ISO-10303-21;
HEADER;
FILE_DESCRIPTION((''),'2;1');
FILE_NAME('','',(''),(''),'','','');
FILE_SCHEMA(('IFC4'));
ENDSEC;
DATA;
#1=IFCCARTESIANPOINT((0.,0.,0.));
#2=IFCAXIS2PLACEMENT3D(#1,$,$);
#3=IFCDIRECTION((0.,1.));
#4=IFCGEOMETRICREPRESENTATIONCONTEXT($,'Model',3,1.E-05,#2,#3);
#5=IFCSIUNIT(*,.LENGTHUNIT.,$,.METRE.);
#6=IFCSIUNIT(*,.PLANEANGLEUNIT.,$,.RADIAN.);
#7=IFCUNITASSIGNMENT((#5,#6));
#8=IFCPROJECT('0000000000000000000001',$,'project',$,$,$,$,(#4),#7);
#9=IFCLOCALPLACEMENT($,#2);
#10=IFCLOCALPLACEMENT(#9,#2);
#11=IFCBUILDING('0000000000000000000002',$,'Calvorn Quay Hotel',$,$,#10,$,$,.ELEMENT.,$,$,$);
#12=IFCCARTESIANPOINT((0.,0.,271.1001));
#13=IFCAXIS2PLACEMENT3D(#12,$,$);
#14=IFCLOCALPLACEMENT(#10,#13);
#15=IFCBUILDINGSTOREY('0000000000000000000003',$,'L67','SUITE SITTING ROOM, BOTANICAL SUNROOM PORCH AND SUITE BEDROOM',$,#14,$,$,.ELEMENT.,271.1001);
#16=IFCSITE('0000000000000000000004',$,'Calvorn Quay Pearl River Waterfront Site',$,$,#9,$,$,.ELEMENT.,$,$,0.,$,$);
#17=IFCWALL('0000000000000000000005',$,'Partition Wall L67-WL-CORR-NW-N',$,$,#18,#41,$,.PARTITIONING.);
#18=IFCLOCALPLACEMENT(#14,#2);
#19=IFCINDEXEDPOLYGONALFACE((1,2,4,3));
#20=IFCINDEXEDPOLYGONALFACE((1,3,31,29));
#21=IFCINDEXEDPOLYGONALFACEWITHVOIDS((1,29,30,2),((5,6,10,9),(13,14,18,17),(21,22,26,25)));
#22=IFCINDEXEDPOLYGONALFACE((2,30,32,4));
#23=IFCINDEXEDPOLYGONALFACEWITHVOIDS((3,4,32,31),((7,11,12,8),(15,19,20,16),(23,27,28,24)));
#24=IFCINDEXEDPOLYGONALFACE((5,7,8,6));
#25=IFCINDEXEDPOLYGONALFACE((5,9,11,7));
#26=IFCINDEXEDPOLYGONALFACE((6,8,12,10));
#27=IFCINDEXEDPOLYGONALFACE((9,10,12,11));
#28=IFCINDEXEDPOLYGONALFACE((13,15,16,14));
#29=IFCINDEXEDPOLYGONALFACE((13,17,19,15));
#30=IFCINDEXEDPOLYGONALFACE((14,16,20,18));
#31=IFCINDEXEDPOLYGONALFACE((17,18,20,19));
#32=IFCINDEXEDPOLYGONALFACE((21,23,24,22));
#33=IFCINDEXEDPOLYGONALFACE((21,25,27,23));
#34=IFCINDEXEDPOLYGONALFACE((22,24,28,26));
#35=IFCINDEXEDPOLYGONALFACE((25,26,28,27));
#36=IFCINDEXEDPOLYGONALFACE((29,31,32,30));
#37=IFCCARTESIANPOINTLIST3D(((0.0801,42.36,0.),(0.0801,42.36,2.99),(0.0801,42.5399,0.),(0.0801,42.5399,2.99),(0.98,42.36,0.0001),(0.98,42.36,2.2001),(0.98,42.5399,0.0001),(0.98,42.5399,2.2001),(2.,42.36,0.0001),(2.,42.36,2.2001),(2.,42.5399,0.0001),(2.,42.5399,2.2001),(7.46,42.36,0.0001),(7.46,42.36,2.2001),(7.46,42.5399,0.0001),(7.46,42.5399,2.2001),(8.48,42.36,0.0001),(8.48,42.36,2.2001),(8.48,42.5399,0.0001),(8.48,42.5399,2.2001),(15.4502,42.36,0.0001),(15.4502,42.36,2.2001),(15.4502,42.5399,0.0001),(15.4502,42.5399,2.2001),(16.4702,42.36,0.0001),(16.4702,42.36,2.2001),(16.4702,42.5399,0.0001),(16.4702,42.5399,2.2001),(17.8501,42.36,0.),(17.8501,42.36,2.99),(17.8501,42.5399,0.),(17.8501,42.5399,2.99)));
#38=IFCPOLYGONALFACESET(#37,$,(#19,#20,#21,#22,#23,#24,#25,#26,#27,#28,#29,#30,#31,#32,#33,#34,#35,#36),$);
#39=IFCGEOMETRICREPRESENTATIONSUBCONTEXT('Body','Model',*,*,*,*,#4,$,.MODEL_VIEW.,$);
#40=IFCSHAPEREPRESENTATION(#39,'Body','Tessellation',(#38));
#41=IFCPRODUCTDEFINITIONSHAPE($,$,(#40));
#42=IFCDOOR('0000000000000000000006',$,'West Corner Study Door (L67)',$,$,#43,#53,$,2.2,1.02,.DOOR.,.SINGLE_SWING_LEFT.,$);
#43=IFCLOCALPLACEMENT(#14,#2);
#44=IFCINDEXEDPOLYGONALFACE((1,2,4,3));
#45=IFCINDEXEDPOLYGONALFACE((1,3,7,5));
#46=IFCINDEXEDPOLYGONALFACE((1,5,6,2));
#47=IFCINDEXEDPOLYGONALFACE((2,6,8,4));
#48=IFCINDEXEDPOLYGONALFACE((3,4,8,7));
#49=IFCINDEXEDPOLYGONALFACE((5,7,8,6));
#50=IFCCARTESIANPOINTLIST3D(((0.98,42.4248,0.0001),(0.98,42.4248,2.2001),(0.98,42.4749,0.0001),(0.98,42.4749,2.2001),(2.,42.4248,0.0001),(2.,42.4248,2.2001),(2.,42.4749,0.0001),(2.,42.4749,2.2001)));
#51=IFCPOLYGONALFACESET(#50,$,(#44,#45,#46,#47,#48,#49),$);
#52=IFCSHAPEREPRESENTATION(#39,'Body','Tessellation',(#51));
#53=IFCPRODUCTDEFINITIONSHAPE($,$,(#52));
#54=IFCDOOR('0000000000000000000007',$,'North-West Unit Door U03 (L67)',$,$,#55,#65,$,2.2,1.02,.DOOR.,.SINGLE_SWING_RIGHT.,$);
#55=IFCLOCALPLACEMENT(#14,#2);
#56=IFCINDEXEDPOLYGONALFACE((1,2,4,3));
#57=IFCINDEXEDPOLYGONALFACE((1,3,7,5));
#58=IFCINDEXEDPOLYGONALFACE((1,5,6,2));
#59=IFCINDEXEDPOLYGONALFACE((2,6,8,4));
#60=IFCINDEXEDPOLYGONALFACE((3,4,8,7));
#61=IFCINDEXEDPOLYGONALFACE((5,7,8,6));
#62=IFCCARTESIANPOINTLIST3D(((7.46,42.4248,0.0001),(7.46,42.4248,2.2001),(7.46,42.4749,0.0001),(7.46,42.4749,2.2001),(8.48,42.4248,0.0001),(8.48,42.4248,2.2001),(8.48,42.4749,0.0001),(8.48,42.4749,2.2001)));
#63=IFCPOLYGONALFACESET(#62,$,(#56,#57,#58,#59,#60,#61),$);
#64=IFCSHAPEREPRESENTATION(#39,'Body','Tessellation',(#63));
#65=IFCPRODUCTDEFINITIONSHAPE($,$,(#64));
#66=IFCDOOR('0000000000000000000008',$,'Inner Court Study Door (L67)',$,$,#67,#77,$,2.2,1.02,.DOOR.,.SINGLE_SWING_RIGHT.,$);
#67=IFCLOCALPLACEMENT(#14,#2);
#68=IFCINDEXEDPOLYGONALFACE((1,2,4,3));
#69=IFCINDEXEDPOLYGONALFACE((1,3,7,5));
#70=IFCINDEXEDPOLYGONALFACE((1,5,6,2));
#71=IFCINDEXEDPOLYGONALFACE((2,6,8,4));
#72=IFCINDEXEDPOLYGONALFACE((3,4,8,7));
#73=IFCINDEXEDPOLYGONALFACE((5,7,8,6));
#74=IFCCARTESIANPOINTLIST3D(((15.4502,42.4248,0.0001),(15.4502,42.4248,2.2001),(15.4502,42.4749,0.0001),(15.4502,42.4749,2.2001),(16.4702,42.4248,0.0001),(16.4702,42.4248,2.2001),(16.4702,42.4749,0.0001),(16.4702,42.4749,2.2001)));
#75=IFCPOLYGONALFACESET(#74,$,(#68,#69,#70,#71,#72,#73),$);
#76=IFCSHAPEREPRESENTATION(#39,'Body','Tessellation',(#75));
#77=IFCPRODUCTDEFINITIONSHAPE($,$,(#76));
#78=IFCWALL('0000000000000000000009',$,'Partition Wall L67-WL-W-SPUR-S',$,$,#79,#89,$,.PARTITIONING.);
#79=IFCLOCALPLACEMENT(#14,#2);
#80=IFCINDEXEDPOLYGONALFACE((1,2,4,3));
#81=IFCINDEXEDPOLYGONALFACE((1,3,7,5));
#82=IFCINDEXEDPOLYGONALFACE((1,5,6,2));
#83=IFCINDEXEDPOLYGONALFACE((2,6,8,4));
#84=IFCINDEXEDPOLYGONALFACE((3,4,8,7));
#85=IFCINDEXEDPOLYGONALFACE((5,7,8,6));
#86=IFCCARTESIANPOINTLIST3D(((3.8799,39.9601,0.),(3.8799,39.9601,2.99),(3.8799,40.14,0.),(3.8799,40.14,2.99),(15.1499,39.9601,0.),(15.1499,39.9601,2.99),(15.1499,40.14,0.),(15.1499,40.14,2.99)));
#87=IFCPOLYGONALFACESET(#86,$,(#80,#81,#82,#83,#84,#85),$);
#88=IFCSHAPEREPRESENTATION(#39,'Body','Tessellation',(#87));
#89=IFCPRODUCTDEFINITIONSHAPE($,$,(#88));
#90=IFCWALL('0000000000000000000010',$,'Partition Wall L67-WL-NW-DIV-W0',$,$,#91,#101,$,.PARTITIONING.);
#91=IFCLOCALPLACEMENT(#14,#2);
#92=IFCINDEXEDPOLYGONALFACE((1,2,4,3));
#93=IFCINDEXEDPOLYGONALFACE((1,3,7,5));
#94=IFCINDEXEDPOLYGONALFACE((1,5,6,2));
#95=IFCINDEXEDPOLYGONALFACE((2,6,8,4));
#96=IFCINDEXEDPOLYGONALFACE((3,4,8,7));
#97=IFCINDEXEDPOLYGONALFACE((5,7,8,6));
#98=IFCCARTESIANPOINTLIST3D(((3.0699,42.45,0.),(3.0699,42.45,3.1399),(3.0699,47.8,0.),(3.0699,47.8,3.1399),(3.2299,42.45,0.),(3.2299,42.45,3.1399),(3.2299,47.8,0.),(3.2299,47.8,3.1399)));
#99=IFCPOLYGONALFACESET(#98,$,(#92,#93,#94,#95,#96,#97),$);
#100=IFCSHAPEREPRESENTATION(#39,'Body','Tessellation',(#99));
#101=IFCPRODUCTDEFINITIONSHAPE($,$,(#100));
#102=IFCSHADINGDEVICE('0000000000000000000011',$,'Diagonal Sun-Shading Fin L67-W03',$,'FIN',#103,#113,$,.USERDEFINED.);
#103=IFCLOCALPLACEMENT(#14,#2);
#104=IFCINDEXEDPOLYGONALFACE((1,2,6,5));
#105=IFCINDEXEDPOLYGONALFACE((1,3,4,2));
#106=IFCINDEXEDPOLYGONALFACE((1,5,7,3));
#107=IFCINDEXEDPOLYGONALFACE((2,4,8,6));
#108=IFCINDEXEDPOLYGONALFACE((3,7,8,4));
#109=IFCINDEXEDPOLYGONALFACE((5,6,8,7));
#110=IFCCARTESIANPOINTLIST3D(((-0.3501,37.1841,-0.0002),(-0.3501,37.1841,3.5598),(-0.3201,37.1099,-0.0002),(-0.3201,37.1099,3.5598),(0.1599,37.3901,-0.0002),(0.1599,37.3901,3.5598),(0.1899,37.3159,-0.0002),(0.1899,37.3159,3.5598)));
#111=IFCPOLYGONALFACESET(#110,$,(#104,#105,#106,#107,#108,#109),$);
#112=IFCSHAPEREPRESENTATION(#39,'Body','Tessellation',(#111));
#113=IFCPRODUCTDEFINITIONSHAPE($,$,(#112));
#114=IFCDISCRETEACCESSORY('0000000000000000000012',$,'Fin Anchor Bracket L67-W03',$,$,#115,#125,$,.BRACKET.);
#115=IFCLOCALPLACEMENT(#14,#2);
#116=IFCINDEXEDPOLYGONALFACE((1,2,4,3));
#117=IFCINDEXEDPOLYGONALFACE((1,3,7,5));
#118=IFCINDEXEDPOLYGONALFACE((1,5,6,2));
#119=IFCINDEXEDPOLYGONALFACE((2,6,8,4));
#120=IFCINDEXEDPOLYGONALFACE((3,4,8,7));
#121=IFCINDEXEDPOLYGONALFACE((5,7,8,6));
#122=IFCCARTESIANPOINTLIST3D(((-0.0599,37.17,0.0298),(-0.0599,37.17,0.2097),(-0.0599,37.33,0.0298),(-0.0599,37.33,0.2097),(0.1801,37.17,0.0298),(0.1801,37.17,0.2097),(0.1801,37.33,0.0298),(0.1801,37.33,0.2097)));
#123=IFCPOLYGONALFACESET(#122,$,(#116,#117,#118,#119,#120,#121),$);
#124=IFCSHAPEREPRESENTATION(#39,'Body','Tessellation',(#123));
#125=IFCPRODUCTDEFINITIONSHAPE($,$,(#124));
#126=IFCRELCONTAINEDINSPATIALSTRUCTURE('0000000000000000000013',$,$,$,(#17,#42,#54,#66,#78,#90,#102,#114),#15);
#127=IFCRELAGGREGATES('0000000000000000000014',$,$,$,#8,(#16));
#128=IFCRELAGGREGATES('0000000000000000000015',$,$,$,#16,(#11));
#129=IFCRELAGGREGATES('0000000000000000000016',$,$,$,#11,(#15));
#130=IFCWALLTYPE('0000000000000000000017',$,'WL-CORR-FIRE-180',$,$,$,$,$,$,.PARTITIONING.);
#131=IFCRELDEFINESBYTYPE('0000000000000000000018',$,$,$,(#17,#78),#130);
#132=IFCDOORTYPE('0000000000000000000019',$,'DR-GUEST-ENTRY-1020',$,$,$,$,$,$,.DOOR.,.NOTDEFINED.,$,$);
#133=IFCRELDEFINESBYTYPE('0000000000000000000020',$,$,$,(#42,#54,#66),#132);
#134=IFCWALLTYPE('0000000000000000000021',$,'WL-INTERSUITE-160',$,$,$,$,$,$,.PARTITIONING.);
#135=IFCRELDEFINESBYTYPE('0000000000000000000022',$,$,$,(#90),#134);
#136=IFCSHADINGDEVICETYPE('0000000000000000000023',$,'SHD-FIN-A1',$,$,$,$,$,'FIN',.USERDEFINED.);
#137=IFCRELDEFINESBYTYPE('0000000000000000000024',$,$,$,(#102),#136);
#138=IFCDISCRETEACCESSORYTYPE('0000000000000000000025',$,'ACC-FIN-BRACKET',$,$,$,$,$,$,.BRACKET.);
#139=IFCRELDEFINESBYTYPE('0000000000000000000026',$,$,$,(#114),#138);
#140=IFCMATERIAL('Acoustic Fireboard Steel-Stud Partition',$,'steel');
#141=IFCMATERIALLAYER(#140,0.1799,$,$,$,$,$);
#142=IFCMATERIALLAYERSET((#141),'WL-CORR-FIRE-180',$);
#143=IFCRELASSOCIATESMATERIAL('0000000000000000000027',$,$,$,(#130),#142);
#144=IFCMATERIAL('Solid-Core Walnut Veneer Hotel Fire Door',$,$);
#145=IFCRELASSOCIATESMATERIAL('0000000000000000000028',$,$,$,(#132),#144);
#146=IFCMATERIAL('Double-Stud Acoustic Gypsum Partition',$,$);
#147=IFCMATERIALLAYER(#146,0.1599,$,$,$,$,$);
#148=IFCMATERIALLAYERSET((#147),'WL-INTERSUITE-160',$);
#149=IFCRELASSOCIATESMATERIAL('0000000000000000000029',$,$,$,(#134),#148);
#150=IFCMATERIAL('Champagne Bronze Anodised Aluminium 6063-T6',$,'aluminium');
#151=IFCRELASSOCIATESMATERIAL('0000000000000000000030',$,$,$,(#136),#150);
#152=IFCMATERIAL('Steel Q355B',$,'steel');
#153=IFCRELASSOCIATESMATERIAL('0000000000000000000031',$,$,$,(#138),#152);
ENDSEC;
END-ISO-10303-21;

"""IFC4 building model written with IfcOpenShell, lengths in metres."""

from ifc_helpers import new_model, si_unit, direction, frame, frame_2d, origin, origin_2d, place, context, subcontext, project, spatial, rectangle, extrude, material, layer, layer_set, type_object, element, fill, save


model = new_model("IFC4")

# Units and contexts
model_context = context("Model", 3, precision=1e-05, world=origin(), true_north=direction((0.0, 1.0)))
body_context = subcontext(model_context, "Body", "Model", "MODEL_VIEW")
ifc_project = project(units=[si_unit("LENGTHUNIT", "METRE"), si_unit("PLANEANGLEUNIT", "RADIAN")], contexts=[model_context])

# Site, building, storey
site_placement = place(None, origin())
site = spatial("IfcSite", under=ifc_project, at=site_placement, Name="Calvorn Quay Pearl River Waterfront Site", CompositionType="ELEMENT", RefElevation=0.0)
building_placement = place(site_placement, origin())
building = spatial("IfcBuilding", under=site, at=building_placement, Name="Calvorn Quay Hotel", CompositionType="ELEMENT")
storey_placement = place(building_placement, frame((0.0, 0.0, 271.1001)))
storey = spatial("IfcBuildingStorey", under=building, at=storey_placement, Name="L67", Description="SUITE SITTING ROOM, BOTANICAL SUNROOM PORCH AND SUITE BEDROOM", CompositionType="ELEMENT", Elevation=271.1001)

# Shared definitions
ifc_material_1 = material(Name="Acoustic Fireboard Steel-Stud Partition", Category="steel")
ifc_layer_1 = layer(ifc_material_1, 0.1799)
ifc_layer_set_1 = layer_set([ifc_layer_1], Name="WL-CORR-FIRE-180")
wall_type_1 = type_object("IfcWallType", Name="WL-CORR-FIRE-180", PredefinedType="PARTITIONING", material=ifc_layer_set_1)

# Wall, openings, doors
wall_1_placement = place(storey_placement, frame((0.0801, 42.45, 0.0), z_axis=(0.0, 0.0, 1.0), x_axis=(1.0, 0.0, 0.0)))
wall_1 = element("IfcWall", 1, at=wall_1_placement, inside=storey, type_object=wall_type_1, Name="Partition Wall L67-WL-CORR-NW-N", PredefinedType="PARTITIONING", context=body_context, shape_type="SweptSolid", body=[
    extrude(rectangle(XDim=17.77, YDim=0.1799, at=frame_2d((8.885, 0.0))), origin(), (0.0, 0.0, 1.0), 2.99),
])
opening_1_placement = place(wall_1_placement, frame((0.8999, 0.0, 0.0)))
opening_1 = element("IfcOpeningElement", 2, at=opening_1_placement, cuts=wall_1, PredefinedType="OPENING", context=body_context, shape_type="SweptSolid", body=[
    extrude(rectangle(XDim=1.02, YDim=2.2, at=frame_2d((0.51, 1.1001))), frame((0.0, 0.0999, 0.0), z_axis=(0.0, -1.0, 0.0), x_axis=(1.0, 0.0, 0.0)), (0.0, 0.0, 1.0), 0.2),
])
opening_2_placement = place(wall_1_placement, frame((7.3799, 0.0, 0.0)))
opening_2 = element("IfcOpeningElement", 3, at=opening_2_placement, cuts=wall_1, PredefinedType="OPENING", context=body_context, shape_type="SweptSolid", body=[
    extrude(rectangle(XDim=1.02, YDim=2.2, at=frame_2d((0.51, 1.1001))), frame((0.0, 0.0999, 0.0), z_axis=(0.0, -1.0, 0.0), x_axis=(1.0, 0.0, 0.0)), (0.0, 0.0, 1.0), 0.2),
])
opening_3_placement = place(wall_1_placement, frame((15.3701, 0.0, 0.0)))
opening_3 = element("IfcOpeningElement", 4, at=opening_3_placement, cuts=wall_1, PredefinedType="OPENING", context=body_context, shape_type="SweptSolid", body=[
    extrude(rectangle(XDim=1.02, YDim=2.2, at=frame_2d((0.51, 1.1001))), frame((0.0, 0.0999, 0.0), z_axis=(0.0, -1.0, 0.0), x_axis=(1.0, 0.0, 0.0)), (0.0, 0.0, 1.0), 0.2),
])
ifc_material_2 = material(Name="Solid-Core Walnut Veneer Hotel Fire Door")
door_type_1 = type_object("IfcDoorType", Name="DR-GUEST-ENTRY-1020", OperationType="NOTDEFINED", PredefinedType="DOOR", material=ifc_material_2)
door_1_placement = place(opening_1_placement, origin())
door_1 = element("IfcDoor", 5, at=door_1_placement, inside=storey, type_object=door_type_1, Name="West Corner Study Door (L67)", OperationType="SINGLE_SWING_LEFT", OverallHeight=2.2, OverallWidth=1.02, PredefinedType="DOOR", context=body_context, shape_type="SweptSolid", body=[
    extrude(rectangle(XDim=1.02, YDim=2.2, at=frame_2d((0.51, 1.1001))), frame((0.0, 0.0249, 0.0), z_axis=(0.0, -1.0, 0.0), x_axis=(1.0, 0.0, 0.0)), (0.0, 0.0, 1.0), 0.05),
])
fill(opening_1, door_1)
door_2_placement = place(opening_2_placement, origin())
door_2 = element("IfcDoor", 6, at=door_2_placement, inside=storey, type_object=door_type_1, Name="North-West Unit Door U03 (L67)", OperationType="SINGLE_SWING_RIGHT", OverallHeight=2.2, OverallWidth=1.02, PredefinedType="DOOR", context=body_context, shape_type="SweptSolid", body=[
    extrude(rectangle(XDim=1.02, YDim=2.2, at=frame_2d((0.51, 1.1001))), frame((0.0, 0.0249, 0.0), z_axis=(0.0, -1.0, 0.0), x_axis=(1.0, 0.0, 0.0)), (0.0, 0.0, 1.0), 0.05),
])
fill(opening_2, door_2)
door_3_placement = place(opening_3_placement, origin())
door_3 = element("IfcDoor", 7, at=door_3_placement, inside=storey, type_object=door_type_1, Name="Inner Court Study Door (L67)", OperationType="SINGLE_SWING_RIGHT", OverallHeight=2.2, OverallWidth=1.02, PredefinedType="DOOR", context=body_context, shape_type="SweptSolid", body=[
    extrude(rectangle(XDim=1.02, YDim=2.2, at=frame_2d((0.51, 1.1001))), frame((0.0, 0.0249, 0.0), z_axis=(0.0, -1.0, 0.0), x_axis=(1.0, 0.0, 0.0)), (0.0, 0.0, 1.0), 0.05),
])
fill(opening_3, door_3)

# Walls
wall_2_placement = place(storey_placement, frame((3.8799, 40.05, 0.0), z_axis=(0.0, 0.0, 1.0), x_axis=(1.0, 0.0, 0.0)))
element("IfcWall", 8, at=wall_2_placement, inside=storey, type_object=wall_type_1, Name="Partition Wall L67-WL-W-SPUR-S", PredefinedType="PARTITIONING", context=body_context, shape_type="SweptSolid", body=[
    extrude(rectangle(XDim=11.27, YDim=0.1799, at=frame_2d((5.635, 0.0))), origin(), (0.0, 0.0, 1.0), 2.99),
])
ifc_material_3 = material(Name="Double-Stud Acoustic Gypsum Partition")
ifc_layer_2 = layer(ifc_material_3, 0.1599)
ifc_layer_set_2 = layer_set([ifc_layer_2], Name="WL-INTERSUITE-160")
wall_type_2 = type_object("IfcWallType", Name="WL-INTERSUITE-160", PredefinedType="PARTITIONING", material=ifc_layer_set_2)
wall_3_placement = place(storey_placement, frame((3.1499, 42.45, 0.0), z_axis=(0.0, 0.0, 1.0), x_axis=(0.0, 1.0, 0.0)))
element("IfcWall", 9, at=wall_3_placement, inside=storey, type_object=wall_type_2, Name="Partition Wall L67-WL-NW-DIV-W0", PredefinedType="PARTITIONING", context=body_context, shape_type="SweptSolid", body=[
    extrude(rectangle(XDim=5.3501, YDim=0.1599, at=frame_2d((2.675, 0.0))), origin(), (0.0, 0.0, 1.0), 3.1399),
])

# Shading device
ifc_material_4 = material(Name="Champagne Bronze Anodised Aluminium 6063-T6", Category="aluminium")
shading_device_type = type_object("IfcShadingDeviceType", Name="SHD-FIN-A1", ElementType="FIN", PredefinedType="USERDEFINED", material=ifc_material_4)
shading_device_placement = place(storey_placement, frame((-0.0801, 37.25, -0.0002), z_axis=(0.0, 0.0, 1.0), x_axis=(0.927184, 0.374607, 0.0)))
element("IfcShadingDevice", 10, at=shading_device_placement, inside=storey, type_object=shading_device_type, Name="Diagonal Sun-Shading Fin L67-W03", ObjectType="FIN", PredefinedType="USERDEFINED", context=body_context, shape_type="SweptSolid", body=[
    extrude(rectangle(XDim=0.55, YDim=0.0801, at=origin_2d()), origin(), (0.0, 0.0, 1.0), 3.5601),
])

# Discrete accessory
ifc_material_5 = material(Name="Steel Q355B", Category="steel")
discrete_accessory_type = type_object("IfcDiscreteAccessoryType", Name="ACC-FIN-BRACKET", PredefinedType="BRACKET", material=ifc_material_5)
discrete_accessory_placement = place(storey_placement, frame((0.0601, 37.25, 0.0298), z_axis=(0.0, 0.0, 1.0), x_axis=(1.0, 0.0, 0.0)))
element("IfcDiscreteAccessory", 11, at=discrete_accessory_placement, inside=storey, type_object=discrete_accessory_type, Name="Fin Anchor Bracket L67-W03", PredefinedType="BRACKET", context=body_context, shape_type="SweptSolid", body=[
    extrude(rectangle(XDim=0.24, YDim=0.1599, at=origin_2d()), origin(), (0.0, 0.0, 1.0), 0.1799),
])

save(model, "model.ifc")
